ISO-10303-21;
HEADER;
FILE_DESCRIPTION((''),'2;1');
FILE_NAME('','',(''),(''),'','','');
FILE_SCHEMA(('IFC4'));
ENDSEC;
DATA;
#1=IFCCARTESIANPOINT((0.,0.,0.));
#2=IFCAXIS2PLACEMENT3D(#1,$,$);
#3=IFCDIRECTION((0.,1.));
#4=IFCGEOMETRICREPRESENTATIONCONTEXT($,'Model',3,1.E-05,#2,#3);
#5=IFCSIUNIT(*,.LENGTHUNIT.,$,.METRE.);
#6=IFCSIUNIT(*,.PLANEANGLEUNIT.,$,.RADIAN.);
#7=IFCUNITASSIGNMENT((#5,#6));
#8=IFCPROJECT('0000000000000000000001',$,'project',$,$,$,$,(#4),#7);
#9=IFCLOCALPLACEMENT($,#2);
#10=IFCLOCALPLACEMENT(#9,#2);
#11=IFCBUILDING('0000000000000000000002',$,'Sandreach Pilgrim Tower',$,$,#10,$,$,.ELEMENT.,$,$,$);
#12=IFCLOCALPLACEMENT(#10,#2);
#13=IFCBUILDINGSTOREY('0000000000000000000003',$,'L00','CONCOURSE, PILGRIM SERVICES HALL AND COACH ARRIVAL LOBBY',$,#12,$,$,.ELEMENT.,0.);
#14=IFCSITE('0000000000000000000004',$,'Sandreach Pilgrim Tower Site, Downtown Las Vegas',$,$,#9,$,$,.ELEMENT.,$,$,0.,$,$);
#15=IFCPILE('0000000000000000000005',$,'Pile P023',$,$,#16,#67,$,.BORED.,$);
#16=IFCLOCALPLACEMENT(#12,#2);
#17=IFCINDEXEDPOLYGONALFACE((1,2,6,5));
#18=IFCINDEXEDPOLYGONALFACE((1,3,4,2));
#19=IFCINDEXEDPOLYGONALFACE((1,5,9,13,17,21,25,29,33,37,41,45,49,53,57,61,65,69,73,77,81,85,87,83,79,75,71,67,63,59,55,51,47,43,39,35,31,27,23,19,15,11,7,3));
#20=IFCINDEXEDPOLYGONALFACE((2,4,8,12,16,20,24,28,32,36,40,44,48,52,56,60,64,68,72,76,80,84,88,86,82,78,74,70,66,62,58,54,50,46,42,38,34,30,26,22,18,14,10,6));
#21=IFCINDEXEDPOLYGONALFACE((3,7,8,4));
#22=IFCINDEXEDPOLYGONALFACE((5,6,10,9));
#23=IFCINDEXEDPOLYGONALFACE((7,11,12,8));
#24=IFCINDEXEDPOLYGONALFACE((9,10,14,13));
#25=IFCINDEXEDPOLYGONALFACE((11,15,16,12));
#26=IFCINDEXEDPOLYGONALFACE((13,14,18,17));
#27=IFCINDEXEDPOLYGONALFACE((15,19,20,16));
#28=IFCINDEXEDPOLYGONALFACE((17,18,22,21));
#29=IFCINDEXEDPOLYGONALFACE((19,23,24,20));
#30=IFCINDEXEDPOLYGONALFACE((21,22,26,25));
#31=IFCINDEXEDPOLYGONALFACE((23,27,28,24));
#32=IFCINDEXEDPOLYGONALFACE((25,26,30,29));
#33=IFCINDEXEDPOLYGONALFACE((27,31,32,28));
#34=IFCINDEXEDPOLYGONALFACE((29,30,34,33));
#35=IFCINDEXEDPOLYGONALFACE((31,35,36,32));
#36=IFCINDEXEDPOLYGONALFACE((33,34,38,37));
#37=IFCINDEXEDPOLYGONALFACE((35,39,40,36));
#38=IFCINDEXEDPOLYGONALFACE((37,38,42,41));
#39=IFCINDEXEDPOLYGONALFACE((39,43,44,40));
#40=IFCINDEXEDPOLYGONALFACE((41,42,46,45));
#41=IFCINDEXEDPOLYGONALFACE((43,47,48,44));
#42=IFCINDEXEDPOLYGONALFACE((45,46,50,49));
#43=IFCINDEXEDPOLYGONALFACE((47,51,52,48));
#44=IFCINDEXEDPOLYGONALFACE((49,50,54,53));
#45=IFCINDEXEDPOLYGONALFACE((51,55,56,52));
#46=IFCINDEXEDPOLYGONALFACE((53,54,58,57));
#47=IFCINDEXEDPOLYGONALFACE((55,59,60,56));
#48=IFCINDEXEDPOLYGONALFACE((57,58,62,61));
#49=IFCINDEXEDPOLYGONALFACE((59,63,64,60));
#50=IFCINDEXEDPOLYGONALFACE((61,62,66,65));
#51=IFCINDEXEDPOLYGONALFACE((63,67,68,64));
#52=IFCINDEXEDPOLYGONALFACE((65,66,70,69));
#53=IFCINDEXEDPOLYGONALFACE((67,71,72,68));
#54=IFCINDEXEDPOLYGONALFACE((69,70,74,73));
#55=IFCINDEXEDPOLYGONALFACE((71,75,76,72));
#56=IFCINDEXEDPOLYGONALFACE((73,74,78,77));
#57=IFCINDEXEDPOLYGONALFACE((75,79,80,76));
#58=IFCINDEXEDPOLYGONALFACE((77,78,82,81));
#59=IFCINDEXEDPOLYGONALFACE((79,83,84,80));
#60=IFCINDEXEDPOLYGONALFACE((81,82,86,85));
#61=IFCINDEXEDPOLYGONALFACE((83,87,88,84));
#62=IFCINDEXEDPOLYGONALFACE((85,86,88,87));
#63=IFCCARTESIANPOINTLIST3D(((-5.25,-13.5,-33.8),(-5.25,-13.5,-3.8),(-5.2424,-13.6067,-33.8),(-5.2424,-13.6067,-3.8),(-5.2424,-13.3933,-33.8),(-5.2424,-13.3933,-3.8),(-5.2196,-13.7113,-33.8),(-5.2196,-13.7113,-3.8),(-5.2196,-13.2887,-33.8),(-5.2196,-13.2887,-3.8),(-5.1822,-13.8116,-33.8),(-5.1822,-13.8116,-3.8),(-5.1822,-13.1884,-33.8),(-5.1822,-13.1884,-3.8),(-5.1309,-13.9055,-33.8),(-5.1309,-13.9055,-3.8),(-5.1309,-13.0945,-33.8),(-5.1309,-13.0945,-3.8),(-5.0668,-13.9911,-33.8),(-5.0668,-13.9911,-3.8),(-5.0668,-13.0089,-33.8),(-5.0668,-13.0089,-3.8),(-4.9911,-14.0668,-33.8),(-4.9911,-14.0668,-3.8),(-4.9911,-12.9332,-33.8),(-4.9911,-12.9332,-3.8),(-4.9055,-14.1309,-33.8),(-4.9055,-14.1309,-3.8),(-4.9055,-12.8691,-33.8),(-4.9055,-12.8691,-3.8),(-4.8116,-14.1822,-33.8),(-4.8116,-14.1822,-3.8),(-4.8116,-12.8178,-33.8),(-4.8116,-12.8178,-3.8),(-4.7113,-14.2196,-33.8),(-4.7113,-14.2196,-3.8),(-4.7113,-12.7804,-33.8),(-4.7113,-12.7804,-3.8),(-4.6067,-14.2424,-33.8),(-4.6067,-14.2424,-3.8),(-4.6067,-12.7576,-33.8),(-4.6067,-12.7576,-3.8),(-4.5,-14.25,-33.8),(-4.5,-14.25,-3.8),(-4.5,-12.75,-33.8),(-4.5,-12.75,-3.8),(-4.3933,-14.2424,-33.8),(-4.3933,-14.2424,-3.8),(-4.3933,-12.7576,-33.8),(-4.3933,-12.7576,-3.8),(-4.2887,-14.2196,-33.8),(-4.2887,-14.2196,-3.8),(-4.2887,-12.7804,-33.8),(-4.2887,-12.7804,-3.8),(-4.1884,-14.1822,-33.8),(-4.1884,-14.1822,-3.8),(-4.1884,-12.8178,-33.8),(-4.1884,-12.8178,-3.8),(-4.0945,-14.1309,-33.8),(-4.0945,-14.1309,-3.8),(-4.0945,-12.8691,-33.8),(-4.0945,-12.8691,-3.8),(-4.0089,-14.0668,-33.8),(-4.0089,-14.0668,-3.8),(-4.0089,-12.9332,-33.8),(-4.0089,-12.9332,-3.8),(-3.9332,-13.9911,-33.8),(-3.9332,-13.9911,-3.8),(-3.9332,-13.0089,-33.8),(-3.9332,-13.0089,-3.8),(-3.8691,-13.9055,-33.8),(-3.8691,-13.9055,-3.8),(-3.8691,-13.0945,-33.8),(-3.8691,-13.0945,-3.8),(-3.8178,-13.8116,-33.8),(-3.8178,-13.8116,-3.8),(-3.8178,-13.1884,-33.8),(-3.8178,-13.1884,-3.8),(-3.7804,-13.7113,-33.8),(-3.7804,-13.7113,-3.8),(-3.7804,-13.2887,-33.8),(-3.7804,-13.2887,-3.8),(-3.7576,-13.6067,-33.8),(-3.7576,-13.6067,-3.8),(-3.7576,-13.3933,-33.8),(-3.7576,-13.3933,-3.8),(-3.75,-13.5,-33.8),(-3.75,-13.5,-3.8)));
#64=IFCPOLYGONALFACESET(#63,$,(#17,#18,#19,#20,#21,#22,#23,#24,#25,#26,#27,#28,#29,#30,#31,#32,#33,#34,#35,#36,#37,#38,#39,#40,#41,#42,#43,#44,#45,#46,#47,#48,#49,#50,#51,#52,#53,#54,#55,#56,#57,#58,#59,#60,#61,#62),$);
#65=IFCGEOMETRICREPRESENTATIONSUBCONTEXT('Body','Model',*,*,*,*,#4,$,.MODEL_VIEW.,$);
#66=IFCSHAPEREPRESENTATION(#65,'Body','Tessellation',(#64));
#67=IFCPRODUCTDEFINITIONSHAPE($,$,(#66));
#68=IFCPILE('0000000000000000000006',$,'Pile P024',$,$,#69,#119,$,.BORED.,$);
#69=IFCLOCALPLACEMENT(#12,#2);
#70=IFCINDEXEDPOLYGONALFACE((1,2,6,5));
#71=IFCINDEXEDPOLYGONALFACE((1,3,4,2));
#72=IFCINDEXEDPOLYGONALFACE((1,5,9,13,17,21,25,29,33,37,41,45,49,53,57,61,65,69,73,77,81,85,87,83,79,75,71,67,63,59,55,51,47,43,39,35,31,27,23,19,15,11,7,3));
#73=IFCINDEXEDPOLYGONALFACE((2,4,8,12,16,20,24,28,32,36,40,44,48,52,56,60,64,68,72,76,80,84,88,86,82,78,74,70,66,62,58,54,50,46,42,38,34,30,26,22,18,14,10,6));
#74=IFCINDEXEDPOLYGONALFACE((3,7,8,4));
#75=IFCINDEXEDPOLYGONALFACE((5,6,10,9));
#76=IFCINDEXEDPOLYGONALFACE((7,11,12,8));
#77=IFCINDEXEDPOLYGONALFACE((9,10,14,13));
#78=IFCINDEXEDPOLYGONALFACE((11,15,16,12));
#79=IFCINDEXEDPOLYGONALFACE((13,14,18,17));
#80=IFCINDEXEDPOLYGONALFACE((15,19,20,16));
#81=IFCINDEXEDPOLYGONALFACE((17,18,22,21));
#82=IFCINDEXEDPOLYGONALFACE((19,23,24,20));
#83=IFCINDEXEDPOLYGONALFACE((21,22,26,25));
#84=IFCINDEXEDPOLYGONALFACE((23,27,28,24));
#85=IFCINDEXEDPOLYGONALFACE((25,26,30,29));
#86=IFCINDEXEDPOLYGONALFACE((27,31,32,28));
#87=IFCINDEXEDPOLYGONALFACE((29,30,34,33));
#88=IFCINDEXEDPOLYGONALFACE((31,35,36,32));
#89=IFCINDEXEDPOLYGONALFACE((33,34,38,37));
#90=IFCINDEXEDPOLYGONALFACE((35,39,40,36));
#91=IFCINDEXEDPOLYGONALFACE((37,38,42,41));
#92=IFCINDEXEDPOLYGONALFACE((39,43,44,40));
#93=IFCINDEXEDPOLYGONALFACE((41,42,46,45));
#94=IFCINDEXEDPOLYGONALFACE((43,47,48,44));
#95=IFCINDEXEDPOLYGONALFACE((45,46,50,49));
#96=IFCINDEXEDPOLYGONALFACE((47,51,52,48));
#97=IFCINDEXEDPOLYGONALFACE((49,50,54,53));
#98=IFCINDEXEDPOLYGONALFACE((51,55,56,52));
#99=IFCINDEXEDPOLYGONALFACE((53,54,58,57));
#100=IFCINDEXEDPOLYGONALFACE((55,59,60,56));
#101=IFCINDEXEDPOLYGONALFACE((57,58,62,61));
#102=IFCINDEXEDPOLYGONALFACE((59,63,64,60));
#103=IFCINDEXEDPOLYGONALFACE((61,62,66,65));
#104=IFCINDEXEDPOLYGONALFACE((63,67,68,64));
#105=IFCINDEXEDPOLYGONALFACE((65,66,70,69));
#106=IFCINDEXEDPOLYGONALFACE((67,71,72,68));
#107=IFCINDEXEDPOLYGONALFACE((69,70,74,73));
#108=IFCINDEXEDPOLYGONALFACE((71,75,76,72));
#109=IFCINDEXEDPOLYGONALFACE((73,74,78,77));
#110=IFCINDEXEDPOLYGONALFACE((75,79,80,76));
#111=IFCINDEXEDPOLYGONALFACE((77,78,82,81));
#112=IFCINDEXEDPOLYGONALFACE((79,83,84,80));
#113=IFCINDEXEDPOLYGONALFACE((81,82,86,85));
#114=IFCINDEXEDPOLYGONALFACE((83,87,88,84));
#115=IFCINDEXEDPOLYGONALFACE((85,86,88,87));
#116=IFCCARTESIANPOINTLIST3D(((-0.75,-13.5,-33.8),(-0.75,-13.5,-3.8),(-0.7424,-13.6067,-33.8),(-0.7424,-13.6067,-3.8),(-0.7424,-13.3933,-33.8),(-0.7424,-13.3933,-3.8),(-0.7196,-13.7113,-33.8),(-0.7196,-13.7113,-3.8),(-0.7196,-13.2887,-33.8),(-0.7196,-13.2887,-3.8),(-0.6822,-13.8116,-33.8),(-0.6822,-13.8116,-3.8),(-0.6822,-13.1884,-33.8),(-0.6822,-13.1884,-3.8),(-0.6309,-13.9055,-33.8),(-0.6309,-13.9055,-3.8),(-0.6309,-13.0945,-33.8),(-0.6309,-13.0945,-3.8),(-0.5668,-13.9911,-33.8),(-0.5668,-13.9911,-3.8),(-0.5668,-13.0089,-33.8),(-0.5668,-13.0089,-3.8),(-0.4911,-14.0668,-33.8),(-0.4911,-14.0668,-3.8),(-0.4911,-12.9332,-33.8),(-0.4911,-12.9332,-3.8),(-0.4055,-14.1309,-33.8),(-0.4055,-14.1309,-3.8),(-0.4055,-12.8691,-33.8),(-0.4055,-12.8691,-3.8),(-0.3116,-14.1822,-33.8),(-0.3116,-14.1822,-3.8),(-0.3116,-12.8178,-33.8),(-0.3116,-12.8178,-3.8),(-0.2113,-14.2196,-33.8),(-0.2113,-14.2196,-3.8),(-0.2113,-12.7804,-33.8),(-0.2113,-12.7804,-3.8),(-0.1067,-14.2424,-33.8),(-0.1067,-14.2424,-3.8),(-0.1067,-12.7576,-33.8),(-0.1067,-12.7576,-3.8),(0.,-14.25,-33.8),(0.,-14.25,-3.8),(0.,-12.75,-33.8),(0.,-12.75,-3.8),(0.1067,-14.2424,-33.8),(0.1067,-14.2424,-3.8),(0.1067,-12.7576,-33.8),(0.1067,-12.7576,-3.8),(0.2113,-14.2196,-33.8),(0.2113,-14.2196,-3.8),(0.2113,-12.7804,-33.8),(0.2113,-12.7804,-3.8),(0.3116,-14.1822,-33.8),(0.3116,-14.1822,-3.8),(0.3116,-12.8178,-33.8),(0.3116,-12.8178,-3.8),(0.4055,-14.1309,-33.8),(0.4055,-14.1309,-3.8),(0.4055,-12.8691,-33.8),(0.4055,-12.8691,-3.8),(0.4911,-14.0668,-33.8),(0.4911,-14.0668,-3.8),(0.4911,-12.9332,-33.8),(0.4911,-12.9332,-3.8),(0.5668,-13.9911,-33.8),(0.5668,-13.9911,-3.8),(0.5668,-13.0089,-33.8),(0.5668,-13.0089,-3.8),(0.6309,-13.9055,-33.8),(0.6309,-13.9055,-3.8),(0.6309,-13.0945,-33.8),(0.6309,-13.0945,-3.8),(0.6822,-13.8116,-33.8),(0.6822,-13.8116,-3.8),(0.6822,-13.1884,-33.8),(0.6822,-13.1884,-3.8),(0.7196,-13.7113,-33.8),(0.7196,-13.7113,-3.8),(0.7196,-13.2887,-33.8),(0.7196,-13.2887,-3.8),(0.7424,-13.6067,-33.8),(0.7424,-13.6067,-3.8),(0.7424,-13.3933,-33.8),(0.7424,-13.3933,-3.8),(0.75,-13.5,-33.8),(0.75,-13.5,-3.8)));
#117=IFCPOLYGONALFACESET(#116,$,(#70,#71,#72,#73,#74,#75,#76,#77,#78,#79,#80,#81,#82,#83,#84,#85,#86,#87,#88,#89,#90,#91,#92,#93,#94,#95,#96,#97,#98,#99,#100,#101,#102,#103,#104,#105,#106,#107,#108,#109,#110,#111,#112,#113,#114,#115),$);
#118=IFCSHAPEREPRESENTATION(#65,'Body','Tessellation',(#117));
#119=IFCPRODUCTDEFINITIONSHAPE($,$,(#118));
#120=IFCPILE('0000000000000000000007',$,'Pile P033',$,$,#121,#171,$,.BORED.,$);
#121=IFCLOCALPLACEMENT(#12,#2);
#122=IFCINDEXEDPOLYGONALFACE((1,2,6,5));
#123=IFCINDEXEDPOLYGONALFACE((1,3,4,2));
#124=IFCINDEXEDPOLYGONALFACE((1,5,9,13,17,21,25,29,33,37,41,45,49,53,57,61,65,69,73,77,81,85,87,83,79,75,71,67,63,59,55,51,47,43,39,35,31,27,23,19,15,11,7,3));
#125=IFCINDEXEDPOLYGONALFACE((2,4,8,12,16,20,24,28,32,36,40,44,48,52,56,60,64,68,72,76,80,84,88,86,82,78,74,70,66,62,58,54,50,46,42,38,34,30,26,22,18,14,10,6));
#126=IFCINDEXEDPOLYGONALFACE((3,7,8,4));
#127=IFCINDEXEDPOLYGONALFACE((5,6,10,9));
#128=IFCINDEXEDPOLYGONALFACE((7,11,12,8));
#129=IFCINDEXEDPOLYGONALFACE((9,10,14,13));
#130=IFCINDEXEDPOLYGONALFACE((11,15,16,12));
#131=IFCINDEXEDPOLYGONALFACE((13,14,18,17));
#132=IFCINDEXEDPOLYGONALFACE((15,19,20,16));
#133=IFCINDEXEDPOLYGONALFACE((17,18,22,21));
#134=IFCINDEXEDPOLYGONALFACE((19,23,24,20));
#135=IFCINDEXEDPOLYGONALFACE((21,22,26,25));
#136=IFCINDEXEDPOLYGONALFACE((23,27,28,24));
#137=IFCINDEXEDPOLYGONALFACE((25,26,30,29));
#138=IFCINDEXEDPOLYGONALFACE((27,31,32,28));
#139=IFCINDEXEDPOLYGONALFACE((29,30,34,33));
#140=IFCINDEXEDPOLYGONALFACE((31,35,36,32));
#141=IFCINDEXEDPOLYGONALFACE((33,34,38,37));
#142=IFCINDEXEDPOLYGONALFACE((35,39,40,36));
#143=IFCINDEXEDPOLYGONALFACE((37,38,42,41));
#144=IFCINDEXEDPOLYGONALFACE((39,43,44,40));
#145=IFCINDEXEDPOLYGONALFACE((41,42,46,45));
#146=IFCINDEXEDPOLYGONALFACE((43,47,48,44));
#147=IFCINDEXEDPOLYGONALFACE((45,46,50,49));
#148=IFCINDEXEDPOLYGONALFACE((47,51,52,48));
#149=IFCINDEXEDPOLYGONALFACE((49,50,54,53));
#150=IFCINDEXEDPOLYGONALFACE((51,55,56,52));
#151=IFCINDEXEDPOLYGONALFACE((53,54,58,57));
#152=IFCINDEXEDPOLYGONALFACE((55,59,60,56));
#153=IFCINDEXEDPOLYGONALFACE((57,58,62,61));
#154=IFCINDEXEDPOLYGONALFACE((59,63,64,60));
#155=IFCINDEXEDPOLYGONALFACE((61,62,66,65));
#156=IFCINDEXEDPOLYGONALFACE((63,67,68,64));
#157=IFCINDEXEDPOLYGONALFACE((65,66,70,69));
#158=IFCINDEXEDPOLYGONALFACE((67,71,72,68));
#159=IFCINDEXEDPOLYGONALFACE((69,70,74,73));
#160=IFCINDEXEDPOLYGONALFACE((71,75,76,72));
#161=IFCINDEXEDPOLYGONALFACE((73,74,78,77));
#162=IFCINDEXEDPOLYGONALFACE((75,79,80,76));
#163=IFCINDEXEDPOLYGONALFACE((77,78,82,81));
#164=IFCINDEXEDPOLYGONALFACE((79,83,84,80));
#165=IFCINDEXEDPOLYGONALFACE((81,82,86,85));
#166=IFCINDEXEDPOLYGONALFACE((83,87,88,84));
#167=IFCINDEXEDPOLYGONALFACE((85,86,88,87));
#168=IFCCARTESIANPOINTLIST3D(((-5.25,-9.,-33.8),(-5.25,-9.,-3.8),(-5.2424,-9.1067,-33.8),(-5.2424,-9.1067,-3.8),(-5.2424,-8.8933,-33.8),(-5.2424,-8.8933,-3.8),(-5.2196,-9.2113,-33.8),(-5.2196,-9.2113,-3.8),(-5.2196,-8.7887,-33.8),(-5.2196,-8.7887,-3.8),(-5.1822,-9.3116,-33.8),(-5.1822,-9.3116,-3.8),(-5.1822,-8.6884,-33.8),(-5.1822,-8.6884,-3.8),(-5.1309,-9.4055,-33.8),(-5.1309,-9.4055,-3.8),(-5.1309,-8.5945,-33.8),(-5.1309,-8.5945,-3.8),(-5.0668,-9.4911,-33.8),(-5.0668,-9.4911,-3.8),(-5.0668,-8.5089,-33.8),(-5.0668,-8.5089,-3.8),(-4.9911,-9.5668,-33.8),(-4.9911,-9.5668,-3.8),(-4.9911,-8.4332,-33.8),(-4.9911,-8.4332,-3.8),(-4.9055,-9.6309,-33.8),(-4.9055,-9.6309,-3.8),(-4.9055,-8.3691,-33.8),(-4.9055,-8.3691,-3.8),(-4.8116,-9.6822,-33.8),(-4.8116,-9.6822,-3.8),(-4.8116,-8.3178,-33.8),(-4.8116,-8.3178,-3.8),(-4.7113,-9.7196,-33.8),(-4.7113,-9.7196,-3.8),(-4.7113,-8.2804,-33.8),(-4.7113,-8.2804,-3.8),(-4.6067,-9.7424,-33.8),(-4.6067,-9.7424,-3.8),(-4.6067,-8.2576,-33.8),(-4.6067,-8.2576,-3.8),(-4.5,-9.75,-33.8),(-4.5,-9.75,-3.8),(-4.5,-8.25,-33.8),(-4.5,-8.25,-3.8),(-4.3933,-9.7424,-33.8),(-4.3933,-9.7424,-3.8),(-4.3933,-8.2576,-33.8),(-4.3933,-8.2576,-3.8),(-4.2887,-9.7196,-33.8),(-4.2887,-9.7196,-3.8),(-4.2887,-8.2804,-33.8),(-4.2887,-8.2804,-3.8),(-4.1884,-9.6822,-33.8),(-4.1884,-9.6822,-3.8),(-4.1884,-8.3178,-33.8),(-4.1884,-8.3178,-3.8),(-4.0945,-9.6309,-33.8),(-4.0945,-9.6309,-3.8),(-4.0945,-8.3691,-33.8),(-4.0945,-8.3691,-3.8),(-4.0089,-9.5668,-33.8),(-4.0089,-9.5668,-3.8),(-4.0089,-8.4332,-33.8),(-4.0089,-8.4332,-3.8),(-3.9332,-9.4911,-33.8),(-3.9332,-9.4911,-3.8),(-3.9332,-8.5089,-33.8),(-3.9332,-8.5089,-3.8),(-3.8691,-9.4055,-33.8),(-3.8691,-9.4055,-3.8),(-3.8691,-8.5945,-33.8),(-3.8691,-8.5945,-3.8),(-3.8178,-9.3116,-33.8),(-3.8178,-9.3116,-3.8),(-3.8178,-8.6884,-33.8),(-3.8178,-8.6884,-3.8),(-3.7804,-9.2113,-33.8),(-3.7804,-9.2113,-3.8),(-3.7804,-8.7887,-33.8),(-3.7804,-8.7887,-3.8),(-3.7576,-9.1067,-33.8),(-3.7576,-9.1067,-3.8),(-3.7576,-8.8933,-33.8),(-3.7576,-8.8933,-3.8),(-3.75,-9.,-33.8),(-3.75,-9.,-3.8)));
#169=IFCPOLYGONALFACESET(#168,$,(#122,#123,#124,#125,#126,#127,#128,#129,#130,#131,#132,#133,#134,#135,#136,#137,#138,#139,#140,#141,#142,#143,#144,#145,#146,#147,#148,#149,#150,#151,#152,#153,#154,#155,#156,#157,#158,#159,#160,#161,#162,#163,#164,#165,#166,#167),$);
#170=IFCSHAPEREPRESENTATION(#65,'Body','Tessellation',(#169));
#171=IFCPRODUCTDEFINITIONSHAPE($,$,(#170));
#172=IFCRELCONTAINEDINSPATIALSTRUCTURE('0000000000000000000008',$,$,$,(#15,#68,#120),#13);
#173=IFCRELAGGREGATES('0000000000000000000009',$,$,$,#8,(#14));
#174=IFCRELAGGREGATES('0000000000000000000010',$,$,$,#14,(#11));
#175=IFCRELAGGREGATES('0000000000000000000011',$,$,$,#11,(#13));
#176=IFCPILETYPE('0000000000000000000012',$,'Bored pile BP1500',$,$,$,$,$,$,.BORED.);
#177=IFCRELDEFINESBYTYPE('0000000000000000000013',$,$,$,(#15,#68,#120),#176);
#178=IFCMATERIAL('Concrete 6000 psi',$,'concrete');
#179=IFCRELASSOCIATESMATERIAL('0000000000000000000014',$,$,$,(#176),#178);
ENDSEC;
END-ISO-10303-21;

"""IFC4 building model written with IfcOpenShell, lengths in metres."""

from ifc_helpers import new_model, si_unit, direction, frame, origin, origin_2d, place, context, subcontext, project, spatial, circle, extrude, material, material_profile, profile_set, type_object, element, save


model = new_model("IFC4")

# Units and contexts
model_context = context("Model", 3, precision=1e-05, world=origin(), true_north=direction((0.0, 1.0)))
body_context = subcontext(model_context, "Body", "Model", "MODEL_VIEW")
ifc_project = project(units=[si_unit("LENGTHUNIT", "METRE"), si_unit("PLANEANGLEUNIT", "RADIAN")], contexts=[model_context])

# Site, building, storey
site_placement = place(None, origin())
site = spatial("IfcSite", under=ifc_project, at=site_placement, Name="Sandreach Pilgrim Tower Site, Downtown Las Vegas", CompositionType="ELEMENT", RefElevation=0.0)
building_placement = place(site_placement, origin())
building = spatial("IfcBuilding", under=site, at=building_placement, Name="Sandreach Pilgrim Tower", CompositionType="ELEMENT")
storey_placement = place(building_placement, origin())
storey = spatial("IfcBuildingStorey", under=building, at=storey_placement, Name="L00", Description="CONCOURSE, PILGRIM SERVICES HALL AND COACH ARRIVAL LOBBY", CompositionType="ELEMENT", Elevation=0.0)

# Piles
ifc_material_1 = material(Name="Concrete 6000 psi", Category="concrete")
ifc_material_profile = material_profile(ifc_material_1, circle(Radius=0.75, at=origin_2d()), Name="BP1500")
ifc_profile_set = profile_set([ifc_material_profile], Name="Concrete 6000 psi")
pile_type = type_object("IfcPileType", Name="Bored pile BP1500", PredefinedType="BORED", material=ifc_profile_set)
for number, where, z_axis, x_axis, name in (
    (1, (-4.5, -13.5, -3.8), (0.0, 0.0, -1.0), (1.0, 0.0, 0.0), "Pile P023"),
    (2, (0.0, -13.5, -3.8), (0.0, 0.0, -1.0), (1.0, 0.0, 0.0), "Pile P024"),
    (3, (-4.5, -9.0, -3.8), (0.0, 0.0, -1.0), (1.0, 0.0, 0.0), "Pile P033"),
):
    element("IfcPile", number, at=place(storey_placement, frame(where, z_axis=z_axis, x_axis=x_axis)), inside=storey, type_object=pile_type, Name=name, PredefinedType="BORED", context=body_context, shape_type="SweptSolid", body=[
        extrude(circle(Radius=0.75, at=origin_2d()), origin(), (0.0, 0.0, 1.0), 30.0),
    ])

save(model, "model.ifc")
